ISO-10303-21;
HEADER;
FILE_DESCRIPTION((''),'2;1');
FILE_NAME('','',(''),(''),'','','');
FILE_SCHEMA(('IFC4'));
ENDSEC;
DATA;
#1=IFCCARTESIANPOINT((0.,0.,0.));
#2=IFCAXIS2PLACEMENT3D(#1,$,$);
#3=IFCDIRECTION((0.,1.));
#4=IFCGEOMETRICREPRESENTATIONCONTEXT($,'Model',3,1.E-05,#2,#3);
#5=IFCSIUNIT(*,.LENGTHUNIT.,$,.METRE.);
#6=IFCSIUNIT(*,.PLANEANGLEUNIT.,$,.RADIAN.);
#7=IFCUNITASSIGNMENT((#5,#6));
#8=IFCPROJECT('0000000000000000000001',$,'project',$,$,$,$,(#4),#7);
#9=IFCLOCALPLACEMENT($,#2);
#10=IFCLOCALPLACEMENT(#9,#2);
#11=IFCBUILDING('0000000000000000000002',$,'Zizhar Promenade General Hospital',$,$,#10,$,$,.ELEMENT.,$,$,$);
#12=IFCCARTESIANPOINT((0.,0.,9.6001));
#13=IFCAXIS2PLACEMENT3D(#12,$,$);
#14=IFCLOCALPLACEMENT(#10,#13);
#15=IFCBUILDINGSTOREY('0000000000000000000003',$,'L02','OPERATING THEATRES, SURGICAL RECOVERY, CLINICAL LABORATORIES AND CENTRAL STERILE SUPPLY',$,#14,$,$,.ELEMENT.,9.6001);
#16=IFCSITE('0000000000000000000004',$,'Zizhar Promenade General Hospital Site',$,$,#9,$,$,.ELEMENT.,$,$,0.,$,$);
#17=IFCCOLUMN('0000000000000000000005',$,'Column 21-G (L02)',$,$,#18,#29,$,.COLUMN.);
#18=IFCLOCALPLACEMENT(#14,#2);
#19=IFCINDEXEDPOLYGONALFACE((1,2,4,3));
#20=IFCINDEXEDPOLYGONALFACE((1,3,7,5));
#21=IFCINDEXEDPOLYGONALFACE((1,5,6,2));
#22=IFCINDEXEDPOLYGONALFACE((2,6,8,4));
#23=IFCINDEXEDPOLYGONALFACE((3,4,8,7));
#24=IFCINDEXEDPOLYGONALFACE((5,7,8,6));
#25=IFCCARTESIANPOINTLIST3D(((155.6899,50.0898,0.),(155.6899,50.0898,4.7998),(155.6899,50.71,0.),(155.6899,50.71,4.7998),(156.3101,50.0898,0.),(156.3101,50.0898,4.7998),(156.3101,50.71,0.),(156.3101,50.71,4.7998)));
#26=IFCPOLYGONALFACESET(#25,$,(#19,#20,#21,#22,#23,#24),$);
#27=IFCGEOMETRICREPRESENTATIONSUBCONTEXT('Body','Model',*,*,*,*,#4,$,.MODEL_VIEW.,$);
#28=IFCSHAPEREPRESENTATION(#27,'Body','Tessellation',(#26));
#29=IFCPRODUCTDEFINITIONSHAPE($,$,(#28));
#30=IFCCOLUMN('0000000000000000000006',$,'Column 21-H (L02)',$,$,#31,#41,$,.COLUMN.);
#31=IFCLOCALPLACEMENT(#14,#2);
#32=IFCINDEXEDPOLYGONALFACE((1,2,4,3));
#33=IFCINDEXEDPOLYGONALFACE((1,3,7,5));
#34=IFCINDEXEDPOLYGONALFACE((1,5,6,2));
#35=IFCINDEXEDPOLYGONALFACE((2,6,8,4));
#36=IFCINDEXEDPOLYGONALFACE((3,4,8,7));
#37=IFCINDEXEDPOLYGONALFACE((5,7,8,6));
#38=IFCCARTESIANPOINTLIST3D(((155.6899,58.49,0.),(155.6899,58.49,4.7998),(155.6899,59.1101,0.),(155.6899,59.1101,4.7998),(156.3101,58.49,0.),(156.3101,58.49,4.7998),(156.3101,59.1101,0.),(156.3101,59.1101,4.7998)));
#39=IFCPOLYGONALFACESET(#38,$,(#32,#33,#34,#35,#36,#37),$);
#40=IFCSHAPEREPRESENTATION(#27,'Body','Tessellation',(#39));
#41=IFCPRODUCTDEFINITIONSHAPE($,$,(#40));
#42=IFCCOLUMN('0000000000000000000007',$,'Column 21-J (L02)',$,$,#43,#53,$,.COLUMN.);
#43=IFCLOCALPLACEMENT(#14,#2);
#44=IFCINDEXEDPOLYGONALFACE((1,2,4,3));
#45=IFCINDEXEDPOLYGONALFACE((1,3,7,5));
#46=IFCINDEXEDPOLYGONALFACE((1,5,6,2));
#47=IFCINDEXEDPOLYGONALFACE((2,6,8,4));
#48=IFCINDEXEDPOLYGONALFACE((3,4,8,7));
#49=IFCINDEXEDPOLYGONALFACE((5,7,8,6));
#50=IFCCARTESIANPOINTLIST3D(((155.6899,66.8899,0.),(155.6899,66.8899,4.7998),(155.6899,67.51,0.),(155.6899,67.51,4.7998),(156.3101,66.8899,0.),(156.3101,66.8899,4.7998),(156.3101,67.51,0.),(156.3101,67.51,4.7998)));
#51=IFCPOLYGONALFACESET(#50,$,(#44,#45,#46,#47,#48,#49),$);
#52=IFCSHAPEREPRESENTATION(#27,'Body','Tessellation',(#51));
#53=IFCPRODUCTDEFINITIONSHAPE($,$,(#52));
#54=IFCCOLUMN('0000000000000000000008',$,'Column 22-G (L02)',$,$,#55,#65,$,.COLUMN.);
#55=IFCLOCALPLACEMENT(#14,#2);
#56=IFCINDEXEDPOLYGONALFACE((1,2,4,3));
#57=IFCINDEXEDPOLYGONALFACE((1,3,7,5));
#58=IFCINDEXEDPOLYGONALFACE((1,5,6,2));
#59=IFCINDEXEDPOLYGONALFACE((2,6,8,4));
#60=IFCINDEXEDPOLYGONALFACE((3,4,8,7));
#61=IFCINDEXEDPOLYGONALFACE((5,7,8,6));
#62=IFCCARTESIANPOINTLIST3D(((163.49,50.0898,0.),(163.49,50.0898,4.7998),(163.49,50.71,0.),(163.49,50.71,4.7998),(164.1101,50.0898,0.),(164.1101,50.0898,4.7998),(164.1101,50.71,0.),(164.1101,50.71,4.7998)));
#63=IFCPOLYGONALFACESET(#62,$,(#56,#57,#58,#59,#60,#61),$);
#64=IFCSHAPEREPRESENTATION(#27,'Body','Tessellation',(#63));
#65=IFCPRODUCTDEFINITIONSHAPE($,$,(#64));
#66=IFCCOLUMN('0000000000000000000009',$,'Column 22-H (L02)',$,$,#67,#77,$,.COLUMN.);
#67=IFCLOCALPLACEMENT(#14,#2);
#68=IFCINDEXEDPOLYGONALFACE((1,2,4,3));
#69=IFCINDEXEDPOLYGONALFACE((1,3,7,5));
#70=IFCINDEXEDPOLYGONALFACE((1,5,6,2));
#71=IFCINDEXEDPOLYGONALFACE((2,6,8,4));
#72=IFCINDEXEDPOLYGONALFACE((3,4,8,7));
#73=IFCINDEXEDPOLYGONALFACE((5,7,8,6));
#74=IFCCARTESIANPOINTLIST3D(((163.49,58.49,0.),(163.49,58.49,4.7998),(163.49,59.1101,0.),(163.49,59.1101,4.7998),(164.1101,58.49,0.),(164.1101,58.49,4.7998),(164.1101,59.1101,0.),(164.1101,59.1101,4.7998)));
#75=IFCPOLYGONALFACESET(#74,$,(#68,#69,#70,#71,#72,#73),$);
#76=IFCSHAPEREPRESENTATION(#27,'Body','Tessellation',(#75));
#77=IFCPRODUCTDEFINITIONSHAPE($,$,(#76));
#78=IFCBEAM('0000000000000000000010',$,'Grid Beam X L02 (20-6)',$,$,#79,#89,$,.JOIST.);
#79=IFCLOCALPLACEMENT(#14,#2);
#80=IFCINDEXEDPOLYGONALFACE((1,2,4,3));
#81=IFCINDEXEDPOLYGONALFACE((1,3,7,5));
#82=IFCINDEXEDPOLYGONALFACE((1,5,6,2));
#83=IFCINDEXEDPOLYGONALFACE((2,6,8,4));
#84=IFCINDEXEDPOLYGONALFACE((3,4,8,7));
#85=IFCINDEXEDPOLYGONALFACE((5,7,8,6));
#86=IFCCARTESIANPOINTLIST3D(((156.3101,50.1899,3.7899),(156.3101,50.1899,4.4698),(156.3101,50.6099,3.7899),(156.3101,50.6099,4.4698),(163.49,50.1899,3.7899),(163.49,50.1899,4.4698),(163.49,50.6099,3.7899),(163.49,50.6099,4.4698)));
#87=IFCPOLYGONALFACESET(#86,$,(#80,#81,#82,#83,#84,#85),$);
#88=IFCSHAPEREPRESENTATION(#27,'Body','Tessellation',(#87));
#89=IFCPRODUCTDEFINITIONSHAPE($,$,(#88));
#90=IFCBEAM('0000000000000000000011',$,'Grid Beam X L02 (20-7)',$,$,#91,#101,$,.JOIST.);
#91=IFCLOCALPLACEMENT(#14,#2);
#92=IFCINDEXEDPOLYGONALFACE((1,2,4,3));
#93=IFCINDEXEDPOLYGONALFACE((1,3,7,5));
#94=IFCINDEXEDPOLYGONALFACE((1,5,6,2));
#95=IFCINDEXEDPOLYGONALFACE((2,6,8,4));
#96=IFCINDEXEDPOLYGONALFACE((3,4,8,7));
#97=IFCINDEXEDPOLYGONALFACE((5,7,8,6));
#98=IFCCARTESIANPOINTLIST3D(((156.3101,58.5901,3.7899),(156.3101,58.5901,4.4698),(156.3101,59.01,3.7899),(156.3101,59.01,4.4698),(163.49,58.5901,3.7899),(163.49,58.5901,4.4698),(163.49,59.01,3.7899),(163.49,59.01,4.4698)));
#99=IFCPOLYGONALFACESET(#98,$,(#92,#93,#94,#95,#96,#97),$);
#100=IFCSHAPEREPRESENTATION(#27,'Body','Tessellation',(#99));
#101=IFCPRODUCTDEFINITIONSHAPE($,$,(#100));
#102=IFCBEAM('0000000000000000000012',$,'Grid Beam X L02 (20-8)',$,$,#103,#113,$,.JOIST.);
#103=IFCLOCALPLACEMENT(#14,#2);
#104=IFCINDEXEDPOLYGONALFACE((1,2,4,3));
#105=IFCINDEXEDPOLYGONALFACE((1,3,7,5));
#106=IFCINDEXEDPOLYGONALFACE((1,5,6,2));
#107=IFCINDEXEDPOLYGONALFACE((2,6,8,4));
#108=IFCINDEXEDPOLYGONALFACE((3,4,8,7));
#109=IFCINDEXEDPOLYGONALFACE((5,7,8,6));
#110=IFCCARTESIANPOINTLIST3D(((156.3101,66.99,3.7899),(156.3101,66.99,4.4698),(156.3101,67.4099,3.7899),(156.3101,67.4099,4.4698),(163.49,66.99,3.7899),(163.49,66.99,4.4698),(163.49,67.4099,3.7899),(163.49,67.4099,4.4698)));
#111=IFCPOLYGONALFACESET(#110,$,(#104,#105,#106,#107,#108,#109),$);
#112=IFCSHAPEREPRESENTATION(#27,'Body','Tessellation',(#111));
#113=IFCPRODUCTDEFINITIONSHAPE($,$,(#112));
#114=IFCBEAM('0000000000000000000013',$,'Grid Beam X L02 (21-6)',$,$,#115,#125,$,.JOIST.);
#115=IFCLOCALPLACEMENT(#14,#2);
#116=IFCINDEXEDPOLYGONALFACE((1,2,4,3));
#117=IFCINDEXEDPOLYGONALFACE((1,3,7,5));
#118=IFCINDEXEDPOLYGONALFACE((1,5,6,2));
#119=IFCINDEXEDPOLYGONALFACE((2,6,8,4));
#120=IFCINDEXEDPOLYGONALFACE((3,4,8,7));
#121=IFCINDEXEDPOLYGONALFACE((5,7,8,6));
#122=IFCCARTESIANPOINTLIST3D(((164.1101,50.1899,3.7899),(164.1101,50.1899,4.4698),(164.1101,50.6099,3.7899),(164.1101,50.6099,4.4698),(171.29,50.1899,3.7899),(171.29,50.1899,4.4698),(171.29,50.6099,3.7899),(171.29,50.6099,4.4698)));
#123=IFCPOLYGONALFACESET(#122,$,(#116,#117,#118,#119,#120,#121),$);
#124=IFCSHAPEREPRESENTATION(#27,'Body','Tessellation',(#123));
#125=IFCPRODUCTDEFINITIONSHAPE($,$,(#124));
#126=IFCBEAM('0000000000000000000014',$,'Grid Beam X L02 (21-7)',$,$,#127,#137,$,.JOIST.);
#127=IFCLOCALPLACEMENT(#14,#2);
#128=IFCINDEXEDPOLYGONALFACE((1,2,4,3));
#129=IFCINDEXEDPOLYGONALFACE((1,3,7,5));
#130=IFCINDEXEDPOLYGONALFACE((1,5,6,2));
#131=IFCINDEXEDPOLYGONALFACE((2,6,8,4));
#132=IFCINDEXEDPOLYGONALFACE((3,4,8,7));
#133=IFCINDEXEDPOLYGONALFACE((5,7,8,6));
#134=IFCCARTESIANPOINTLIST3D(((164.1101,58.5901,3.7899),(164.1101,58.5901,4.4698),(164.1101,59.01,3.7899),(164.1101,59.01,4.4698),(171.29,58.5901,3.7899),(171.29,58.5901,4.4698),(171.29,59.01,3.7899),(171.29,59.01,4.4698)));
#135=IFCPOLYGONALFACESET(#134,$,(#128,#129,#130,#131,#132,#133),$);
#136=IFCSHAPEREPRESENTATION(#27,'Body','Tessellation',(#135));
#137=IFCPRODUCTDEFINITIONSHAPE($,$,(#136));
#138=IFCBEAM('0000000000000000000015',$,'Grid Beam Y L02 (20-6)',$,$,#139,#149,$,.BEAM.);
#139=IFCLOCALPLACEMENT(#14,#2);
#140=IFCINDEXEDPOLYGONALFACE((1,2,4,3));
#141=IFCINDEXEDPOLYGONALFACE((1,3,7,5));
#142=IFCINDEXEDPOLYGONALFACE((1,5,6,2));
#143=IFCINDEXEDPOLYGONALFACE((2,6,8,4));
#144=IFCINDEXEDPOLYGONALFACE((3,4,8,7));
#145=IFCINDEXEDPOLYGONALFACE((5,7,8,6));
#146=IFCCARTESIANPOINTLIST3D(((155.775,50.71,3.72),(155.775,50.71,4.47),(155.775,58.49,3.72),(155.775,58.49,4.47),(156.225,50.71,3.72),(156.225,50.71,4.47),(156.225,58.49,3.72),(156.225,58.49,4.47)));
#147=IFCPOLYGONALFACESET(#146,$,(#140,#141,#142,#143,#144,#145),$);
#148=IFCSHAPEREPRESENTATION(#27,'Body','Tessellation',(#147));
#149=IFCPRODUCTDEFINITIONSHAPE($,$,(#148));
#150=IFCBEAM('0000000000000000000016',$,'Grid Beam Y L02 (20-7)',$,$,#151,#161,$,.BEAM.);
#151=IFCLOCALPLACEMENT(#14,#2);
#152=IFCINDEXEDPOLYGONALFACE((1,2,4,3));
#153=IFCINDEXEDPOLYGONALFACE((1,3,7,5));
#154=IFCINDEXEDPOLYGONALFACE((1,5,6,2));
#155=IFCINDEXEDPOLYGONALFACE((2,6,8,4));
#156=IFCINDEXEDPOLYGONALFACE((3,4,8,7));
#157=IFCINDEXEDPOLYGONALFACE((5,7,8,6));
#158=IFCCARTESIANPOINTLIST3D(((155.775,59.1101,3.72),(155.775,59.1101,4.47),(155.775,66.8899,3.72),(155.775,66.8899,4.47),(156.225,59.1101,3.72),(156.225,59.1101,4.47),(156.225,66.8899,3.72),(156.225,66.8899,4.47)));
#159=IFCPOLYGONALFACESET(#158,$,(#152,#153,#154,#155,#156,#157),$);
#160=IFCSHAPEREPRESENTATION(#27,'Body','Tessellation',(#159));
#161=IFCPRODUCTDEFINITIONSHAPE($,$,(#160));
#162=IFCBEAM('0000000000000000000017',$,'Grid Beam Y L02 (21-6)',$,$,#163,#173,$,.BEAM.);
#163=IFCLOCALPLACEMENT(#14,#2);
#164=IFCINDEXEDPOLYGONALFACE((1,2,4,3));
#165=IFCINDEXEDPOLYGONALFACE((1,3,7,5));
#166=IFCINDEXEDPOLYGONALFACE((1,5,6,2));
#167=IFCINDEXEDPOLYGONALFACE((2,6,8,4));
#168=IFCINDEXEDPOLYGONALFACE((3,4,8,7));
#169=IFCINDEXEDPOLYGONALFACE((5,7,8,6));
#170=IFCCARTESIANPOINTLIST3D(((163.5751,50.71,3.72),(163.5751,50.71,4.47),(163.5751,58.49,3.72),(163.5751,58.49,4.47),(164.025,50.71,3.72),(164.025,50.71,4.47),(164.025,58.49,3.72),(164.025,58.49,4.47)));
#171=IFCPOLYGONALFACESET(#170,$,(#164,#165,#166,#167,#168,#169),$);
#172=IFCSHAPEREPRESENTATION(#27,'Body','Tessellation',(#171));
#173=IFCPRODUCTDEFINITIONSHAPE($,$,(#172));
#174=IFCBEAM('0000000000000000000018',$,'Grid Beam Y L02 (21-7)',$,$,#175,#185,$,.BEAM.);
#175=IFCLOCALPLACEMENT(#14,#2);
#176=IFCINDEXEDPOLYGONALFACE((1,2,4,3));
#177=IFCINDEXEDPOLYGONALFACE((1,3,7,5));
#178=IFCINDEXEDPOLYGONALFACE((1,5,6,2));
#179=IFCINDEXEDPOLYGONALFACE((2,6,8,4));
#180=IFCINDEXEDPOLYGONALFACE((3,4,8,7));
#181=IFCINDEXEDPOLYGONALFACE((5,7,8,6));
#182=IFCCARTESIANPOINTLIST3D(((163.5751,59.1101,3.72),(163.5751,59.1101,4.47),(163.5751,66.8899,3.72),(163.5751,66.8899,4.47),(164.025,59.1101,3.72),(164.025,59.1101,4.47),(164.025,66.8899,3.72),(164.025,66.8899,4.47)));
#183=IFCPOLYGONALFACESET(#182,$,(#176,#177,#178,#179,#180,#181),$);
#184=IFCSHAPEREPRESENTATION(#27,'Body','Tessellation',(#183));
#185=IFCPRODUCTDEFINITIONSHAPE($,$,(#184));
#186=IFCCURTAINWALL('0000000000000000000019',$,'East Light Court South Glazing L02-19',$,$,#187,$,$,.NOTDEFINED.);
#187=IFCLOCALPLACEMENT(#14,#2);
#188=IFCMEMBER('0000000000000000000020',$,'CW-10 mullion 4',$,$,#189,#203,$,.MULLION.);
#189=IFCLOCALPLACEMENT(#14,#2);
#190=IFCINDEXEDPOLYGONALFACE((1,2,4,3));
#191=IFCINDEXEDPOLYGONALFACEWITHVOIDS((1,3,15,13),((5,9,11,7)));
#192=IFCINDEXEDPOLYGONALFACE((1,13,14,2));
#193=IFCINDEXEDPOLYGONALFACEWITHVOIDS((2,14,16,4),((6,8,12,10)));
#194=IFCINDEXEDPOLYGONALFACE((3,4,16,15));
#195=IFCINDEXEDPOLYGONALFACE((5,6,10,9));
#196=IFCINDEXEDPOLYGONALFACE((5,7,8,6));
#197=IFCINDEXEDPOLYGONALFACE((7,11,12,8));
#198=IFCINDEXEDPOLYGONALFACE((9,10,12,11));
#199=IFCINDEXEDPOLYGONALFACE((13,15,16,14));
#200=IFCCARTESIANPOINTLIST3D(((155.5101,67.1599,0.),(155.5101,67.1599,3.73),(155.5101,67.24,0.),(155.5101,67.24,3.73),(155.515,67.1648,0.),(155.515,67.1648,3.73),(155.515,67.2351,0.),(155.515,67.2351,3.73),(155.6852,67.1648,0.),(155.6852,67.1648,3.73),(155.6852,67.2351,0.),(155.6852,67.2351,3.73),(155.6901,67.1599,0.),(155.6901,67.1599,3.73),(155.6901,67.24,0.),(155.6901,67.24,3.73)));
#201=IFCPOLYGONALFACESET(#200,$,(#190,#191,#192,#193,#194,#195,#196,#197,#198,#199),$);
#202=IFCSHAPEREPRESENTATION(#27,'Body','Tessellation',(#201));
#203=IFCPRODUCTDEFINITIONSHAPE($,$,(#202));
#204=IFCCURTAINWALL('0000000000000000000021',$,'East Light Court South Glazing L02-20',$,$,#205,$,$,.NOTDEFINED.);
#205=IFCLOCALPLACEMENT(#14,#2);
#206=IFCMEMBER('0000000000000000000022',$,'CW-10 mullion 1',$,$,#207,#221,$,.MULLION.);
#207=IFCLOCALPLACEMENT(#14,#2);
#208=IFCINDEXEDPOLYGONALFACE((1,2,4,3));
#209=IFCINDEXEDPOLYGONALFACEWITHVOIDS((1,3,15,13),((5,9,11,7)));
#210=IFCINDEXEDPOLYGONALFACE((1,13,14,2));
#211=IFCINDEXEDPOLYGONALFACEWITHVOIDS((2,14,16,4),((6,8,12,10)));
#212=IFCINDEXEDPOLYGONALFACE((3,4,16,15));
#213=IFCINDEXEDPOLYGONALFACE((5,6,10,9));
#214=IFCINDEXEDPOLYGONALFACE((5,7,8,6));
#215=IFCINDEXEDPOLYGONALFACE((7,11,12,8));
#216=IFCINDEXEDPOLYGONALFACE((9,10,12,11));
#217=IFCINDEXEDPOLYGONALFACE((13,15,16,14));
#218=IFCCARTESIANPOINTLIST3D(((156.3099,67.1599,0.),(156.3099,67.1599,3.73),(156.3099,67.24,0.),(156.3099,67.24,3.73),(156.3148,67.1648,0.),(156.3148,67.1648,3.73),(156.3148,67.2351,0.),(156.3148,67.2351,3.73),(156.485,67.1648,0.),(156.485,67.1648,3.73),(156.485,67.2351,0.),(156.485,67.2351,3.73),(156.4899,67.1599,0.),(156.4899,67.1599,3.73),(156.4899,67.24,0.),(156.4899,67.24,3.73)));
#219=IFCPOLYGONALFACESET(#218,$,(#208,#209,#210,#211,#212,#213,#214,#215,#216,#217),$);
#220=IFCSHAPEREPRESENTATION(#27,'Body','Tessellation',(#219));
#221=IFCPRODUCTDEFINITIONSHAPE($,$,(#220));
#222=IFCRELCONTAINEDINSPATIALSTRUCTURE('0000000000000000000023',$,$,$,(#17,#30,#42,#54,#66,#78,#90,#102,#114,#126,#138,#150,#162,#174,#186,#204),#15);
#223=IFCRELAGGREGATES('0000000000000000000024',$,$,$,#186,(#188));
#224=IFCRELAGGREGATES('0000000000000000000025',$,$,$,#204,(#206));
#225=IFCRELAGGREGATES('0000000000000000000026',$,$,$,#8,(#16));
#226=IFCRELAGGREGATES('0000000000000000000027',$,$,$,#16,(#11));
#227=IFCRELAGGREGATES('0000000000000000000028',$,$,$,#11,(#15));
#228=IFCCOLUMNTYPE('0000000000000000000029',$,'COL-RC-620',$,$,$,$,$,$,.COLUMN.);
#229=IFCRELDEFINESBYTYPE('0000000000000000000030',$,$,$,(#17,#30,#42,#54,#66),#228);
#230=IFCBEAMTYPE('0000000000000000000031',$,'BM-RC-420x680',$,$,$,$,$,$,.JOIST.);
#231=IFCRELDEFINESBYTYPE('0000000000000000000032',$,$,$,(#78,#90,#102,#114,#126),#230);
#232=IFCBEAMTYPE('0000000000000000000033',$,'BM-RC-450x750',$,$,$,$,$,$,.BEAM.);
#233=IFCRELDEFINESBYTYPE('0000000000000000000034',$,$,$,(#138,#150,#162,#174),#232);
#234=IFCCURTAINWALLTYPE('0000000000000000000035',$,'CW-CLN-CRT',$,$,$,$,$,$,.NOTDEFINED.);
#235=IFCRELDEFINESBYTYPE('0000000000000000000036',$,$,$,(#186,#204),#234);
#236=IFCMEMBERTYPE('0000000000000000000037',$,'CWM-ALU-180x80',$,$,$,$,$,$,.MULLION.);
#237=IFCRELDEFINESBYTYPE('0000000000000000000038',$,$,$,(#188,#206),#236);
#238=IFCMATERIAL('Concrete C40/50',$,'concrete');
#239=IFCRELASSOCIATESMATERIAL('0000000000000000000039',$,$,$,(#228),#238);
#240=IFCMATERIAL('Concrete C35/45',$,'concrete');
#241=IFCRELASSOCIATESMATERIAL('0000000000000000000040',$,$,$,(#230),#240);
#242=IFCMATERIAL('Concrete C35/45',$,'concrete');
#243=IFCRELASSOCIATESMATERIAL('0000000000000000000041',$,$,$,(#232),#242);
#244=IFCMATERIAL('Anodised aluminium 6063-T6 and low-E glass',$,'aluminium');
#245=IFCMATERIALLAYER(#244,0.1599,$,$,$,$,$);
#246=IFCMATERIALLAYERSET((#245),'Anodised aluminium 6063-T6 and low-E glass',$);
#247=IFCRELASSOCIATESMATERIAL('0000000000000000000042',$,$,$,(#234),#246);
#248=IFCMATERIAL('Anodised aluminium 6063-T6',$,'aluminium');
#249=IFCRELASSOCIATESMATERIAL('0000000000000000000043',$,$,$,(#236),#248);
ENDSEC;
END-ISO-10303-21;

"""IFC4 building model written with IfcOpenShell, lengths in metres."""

from ifc_helpers import new_model, si_unit, direction, frame, origin, origin_2d, place, context, subcontext, project, spatial, rectangle, hollow_rectangle, extrude, material, layer, layer_set, material_profile, profile_set, type_object, element, aggregate, save


model = new_model("IFC4")

# Units and contexts
model_context = context("Model", 3, precision=1e-05, world=origin(), true_north=direction((0.0, 1.0)))
body_context = subcontext(model_context, "Body", "Model", "MODEL_VIEW")
ifc_project = project(units=[si_unit("LENGTHUNIT", "METRE"), si_unit("PLANEANGLEUNIT", "RADIAN")], contexts=[model_context])

# Site, building, storey
site_placement = place(None, origin())
site = spatial("IfcSite", under=ifc_project, at=site_placement, Name="Zizhar Promenade General Hospital Site", CompositionType="ELEMENT", RefElevation=0.0)
building_placement = place(site_placement, origin())
building = spatial("IfcBuilding", under=site, at=building_placement, Name="Zizhar Promenade General Hospital", CompositionType="ELEMENT")
storey_placement = place(building_placement, frame((0.0, 0.0, 9.6001)))
storey = spatial("IfcBuildingStorey", under=building, at=storey_placement, Name="L02", Description="OPERATING THEATRES, SURGICAL RECOVERY, CLINICAL LABORATORIES AND CENTRAL STERILE SUPPLY", CompositionType="ELEMENT", Elevation=9.6001)

# Columns
ifc_material_1 = material(Name="Concrete C40/50", Category="concrete")
ifc_material_profile_1 = material_profile(ifc_material_1, rectangle(XDim=0.6201, YDim=0.6201, at=origin_2d()))
ifc_profile_set_1 = profile_set([ifc_material_profile_1], Name="Concrete C40/50")
column_type = type_object("IfcColumnType", Name="COL-RC-620", PredefinedType="COLUMN", material=ifc_profile_set_1)
for number, where, z_axis, x_axis, name in (
    (1, (156.0, 50.3999, 0.0), (0.0, 0.0, 1.0), (1.0, 0.0, 0.0), "Column 21-G (L02)"),
    (2, (156.0, 58.8, 0.0), (0.0, 0.0, 1.0), (1.0, 0.0, 0.0), "Column 21-H (L02)"),
    (3, (156.0, 67.2, 0.0), (0.0, 0.0, 1.0), (1.0, 0.0, 0.0), "Column 21-J (L02)"),
    (4, (163.8, 50.3999, 0.0), (0.0, 0.0, 1.0), (1.0, 0.0, 0.0), "Column 22-G (L02)"),
    (5, (163.8, 58.8, 0.0), (0.0, 0.0, 1.0), (1.0, 0.0, 0.0), "Column 22-H (L02)"),
):
    element("IfcColumn", number, at=place(storey_placement, frame(where, z_axis=z_axis, x_axis=x_axis)), inside=storey, type_object=column_type, Name=name, PredefinedType="COLUMN", context=body_context, shape_type="SweptSolid", body=[
        extrude(rectangle(XDim=0.6201, YDim=0.6201, at=origin_2d()), origin(), (0.0, 0.0, 1.0), 4.7998),
    ])

# Beams
ifc_material_2 = material(Name="Concrete C35/45", Category="concrete")
ifc_material_profile_2 = material_profile(ifc_material_2, rectangle(XDim=0.4199, YDim=0.6799, at=origin_2d()))
ifc_profile_set_2 = profile_set([ifc_material_profile_2], Name="Concrete C35/45")
beam_type_1 = type_object("IfcBeamType", Name="BM-RC-420x680", PredefinedType="JOIST", material=ifc_profile_set_2)
for number, where, z_axis, x_axis, name in (
    (6, (156.3101, 50.3999, 4.1299), (1.0, 0.0, 0.0), (0.0, 1.0, 0.0), "Grid Beam X L02 (20-6)"),
    (7, (156.3101, 58.8, 4.1299), (1.0, 0.0, 0.0), (0.0, 1.0, 0.0), "Grid Beam X L02 (20-7)"),
    (8, (156.3101, 67.2, 4.1299), (1.0, 0.0, 0.0), (0.0, 1.0, 0.0), "Grid Beam X L02 (20-8)"),
    (9, (164.1101, 50.3999, 4.1299), (1.0, 0.0, 0.0), (0.0, 1.0, 0.0), "Grid Beam X L02 (21-6)"),
    (10, (164.1101, 58.8, 4.1299), (1.0, 0.0, 0.0), (0.0, 1.0, 0.0), "Grid Beam X L02 (21-7)"),
):
    element("IfcBeam", number, at=place(storey_placement, frame(where, z_axis=z_axis, x_axis=x_axis)), inside=storey, type_object=beam_type_1, Name=name, PredefinedType="JOIST", context=body_context, shape_type="SweptSolid", body=[
        extrude(rectangle(XDim=0.4199, YDim=0.6799, at=origin_2d()), origin(), (0.0, 0.0, 1.0), 7.1799),
    ])
ifc_material_3 = material(Name="Concrete C35/45", Category="concrete")
ifc_material_profile_3 = material_profile(ifc_material_3, rectangle(XDim=0.45, YDim=0.75, at=origin_2d()))
ifc_profile_set_3 = profile_set([ifc_material_profile_3], Name="Concrete C35/45")
beam_type_2 = type_object("IfcBeamType", Name="BM-RC-450x750", PredefinedType="BEAM", material=ifc_profile_set_3)
beam_1_placement = place(storey_placement, frame((156.0, 50.71, 4.095), z_axis=(0.0, 1.0, 0.0), x_axis=(-1.0, 0.0, 0.0)))
element("IfcBeam", 11, at=beam_1_placement, inside=storey, type_object=beam_type_2, Name="Grid Beam Y L02 (20-6)", PredefinedType="BEAM", context=body_context, shape_type="SweptSolid", body=[
    extrude(rectangle(XDim=0.45, YDim=0.75, at=origin_2d()), origin(), (0.0, 0.0, 1.0), 7.78),
])
beam_2_placement = place(storey_placement, frame((156.0, 59.1101, 4.095), z_axis=(0.0, 1.0, 0.0), x_axis=(-1.0, 0.0, 0.0)))
element("IfcBeam", 12, at=beam_2_placement, inside=storey, type_object=beam_type_2, Name="Grid Beam Y L02 (20-7)", PredefinedType="BEAM", context=body_context, shape_type="SweptSolid", body=[
    extrude(rectangle(XDim=0.45, YDim=0.75, at=origin_2d()), origin(), (0.0, 0.0, 1.0), 7.7798),
])
beam_3_placement = place(storey_placement, frame((163.8, 50.71, 4.095), z_axis=(0.0, 1.0, 0.0), x_axis=(-1.0, 0.0, 0.0)))
element("IfcBeam", 13, at=beam_3_placement, inside=storey, type_object=beam_type_2, Name="Grid Beam Y L02 (21-6)", PredefinedType="BEAM", context=body_context, shape_type="SweptSolid", body=[
    extrude(rectangle(XDim=0.45, YDim=0.75, at=origin_2d()), origin(), (0.0, 0.0, 1.0), 7.78),
])
beam_4_placement = place(storey_placement, frame((163.8, 59.1101, 4.095), z_axis=(0.0, 1.0, 0.0), x_axis=(-1.0, 0.0, 0.0)))
element("IfcBeam", 14, at=beam_4_placement, inside=storey, type_object=beam_type_2, Name="Grid Beam Y L02 (21-7)", PredefinedType="BEAM", context=body_context, shape_type="SweptSolid", body=[
    extrude(rectangle(XDim=0.45, YDim=0.75, at=origin_2d()), origin(), (0.0, 0.0, 1.0), 7.7798),
])

# Curtain walls, members
ifc_material_4 = material(Name="Anodised aluminium 6063-T6 and low-E glass", Category="aluminium")
ifc_layer_1 = layer(ifc_material_4, 0.1599)
ifc_layer_set_1 = layer_set([ifc_layer_1], Name="Anodised aluminium 6063-T6 and low-E glass")
curtain_wall_type = type_object("IfcCurtainWallType", Name="CW-CLN-CRT", PredefinedType="NOTDEFINED", material=ifc_layer_set_1)
curtain_wall_1_placement = place(storey_placement, origin())
curtain_wall_1 = element("IfcCurtainWall", 15, at=curtain_wall_1_placement, inside=storey, type_object=curtain_wall_type, Name="East Light Court South Glazing L02-19", PredefinedType="NOTDEFINED")
ifc_material_5 = material(Name="Anodised aluminium 6063-T6", Category="aluminium")
ifc_material_profile_4 = material_profile(ifc_material_5, hollow_rectangle(XDim=0.0801, YDim=0.1799, WallThickness=0.0049, at=origin_2d()))
ifc_profile_set_4 = profile_set([ifc_material_profile_4], Name="Anodised aluminium 6063-T6")
member_type_1 = type_object("IfcMemberType", Name="CWM-ALU-180x80", PredefinedType="MULLION", material=ifc_profile_set_4)
member_1_placement = place(storey_placement, frame((155.6001, 67.2, 0.0), z_axis=(0.0, 0.0, 1.0), x_axis=(0.0, 1.0, 0.0)))
member_1 = element("IfcMember", 16, at=member_1_placement, type_object=member_type_1, Name="CW-10 mullion 4", PredefinedType="MULLION", context=body_context, shape_type="SweptSolid", body=[
    extrude(hollow_rectangle(XDim=0.0801, YDim=0.1799, WallThickness=0.0049, at=origin_2d()), origin(), (0.0, 0.0, 1.0), 3.73),
])
curtain_wall_2_placement = place(storey_placement, origin())
curtain_wall_2 = element("IfcCurtainWall", 17, at=curtain_wall_2_placement, inside=storey, type_object=curtain_wall_type, Name="East Light Court South Glazing L02-20", PredefinedType="NOTDEFINED")
member_2_placement = place(storey_placement, frame((156.3999, 67.2, 0.0), z_axis=(0.0, 0.0, 1.0), x_axis=(0.0, 1.0, 0.0)))
member_2 = element("IfcMember", 18, at=member_2_placement, type_object=member_type_1, Name="CW-10 mullion 1", PredefinedType="MULLION", context=body_context, shape_type="SweptSolid", body=[
    extrude(hollow_rectangle(XDim=0.0801, YDim=0.1799, WallThickness=0.0049, at=origin_2d()), origin(), (0.0, 0.0, 1.0), 3.73),
])

aggregate(curtain_wall_1, [member_1])
aggregate(curtain_wall_2, [member_2])

save(model, "model.ifc")
